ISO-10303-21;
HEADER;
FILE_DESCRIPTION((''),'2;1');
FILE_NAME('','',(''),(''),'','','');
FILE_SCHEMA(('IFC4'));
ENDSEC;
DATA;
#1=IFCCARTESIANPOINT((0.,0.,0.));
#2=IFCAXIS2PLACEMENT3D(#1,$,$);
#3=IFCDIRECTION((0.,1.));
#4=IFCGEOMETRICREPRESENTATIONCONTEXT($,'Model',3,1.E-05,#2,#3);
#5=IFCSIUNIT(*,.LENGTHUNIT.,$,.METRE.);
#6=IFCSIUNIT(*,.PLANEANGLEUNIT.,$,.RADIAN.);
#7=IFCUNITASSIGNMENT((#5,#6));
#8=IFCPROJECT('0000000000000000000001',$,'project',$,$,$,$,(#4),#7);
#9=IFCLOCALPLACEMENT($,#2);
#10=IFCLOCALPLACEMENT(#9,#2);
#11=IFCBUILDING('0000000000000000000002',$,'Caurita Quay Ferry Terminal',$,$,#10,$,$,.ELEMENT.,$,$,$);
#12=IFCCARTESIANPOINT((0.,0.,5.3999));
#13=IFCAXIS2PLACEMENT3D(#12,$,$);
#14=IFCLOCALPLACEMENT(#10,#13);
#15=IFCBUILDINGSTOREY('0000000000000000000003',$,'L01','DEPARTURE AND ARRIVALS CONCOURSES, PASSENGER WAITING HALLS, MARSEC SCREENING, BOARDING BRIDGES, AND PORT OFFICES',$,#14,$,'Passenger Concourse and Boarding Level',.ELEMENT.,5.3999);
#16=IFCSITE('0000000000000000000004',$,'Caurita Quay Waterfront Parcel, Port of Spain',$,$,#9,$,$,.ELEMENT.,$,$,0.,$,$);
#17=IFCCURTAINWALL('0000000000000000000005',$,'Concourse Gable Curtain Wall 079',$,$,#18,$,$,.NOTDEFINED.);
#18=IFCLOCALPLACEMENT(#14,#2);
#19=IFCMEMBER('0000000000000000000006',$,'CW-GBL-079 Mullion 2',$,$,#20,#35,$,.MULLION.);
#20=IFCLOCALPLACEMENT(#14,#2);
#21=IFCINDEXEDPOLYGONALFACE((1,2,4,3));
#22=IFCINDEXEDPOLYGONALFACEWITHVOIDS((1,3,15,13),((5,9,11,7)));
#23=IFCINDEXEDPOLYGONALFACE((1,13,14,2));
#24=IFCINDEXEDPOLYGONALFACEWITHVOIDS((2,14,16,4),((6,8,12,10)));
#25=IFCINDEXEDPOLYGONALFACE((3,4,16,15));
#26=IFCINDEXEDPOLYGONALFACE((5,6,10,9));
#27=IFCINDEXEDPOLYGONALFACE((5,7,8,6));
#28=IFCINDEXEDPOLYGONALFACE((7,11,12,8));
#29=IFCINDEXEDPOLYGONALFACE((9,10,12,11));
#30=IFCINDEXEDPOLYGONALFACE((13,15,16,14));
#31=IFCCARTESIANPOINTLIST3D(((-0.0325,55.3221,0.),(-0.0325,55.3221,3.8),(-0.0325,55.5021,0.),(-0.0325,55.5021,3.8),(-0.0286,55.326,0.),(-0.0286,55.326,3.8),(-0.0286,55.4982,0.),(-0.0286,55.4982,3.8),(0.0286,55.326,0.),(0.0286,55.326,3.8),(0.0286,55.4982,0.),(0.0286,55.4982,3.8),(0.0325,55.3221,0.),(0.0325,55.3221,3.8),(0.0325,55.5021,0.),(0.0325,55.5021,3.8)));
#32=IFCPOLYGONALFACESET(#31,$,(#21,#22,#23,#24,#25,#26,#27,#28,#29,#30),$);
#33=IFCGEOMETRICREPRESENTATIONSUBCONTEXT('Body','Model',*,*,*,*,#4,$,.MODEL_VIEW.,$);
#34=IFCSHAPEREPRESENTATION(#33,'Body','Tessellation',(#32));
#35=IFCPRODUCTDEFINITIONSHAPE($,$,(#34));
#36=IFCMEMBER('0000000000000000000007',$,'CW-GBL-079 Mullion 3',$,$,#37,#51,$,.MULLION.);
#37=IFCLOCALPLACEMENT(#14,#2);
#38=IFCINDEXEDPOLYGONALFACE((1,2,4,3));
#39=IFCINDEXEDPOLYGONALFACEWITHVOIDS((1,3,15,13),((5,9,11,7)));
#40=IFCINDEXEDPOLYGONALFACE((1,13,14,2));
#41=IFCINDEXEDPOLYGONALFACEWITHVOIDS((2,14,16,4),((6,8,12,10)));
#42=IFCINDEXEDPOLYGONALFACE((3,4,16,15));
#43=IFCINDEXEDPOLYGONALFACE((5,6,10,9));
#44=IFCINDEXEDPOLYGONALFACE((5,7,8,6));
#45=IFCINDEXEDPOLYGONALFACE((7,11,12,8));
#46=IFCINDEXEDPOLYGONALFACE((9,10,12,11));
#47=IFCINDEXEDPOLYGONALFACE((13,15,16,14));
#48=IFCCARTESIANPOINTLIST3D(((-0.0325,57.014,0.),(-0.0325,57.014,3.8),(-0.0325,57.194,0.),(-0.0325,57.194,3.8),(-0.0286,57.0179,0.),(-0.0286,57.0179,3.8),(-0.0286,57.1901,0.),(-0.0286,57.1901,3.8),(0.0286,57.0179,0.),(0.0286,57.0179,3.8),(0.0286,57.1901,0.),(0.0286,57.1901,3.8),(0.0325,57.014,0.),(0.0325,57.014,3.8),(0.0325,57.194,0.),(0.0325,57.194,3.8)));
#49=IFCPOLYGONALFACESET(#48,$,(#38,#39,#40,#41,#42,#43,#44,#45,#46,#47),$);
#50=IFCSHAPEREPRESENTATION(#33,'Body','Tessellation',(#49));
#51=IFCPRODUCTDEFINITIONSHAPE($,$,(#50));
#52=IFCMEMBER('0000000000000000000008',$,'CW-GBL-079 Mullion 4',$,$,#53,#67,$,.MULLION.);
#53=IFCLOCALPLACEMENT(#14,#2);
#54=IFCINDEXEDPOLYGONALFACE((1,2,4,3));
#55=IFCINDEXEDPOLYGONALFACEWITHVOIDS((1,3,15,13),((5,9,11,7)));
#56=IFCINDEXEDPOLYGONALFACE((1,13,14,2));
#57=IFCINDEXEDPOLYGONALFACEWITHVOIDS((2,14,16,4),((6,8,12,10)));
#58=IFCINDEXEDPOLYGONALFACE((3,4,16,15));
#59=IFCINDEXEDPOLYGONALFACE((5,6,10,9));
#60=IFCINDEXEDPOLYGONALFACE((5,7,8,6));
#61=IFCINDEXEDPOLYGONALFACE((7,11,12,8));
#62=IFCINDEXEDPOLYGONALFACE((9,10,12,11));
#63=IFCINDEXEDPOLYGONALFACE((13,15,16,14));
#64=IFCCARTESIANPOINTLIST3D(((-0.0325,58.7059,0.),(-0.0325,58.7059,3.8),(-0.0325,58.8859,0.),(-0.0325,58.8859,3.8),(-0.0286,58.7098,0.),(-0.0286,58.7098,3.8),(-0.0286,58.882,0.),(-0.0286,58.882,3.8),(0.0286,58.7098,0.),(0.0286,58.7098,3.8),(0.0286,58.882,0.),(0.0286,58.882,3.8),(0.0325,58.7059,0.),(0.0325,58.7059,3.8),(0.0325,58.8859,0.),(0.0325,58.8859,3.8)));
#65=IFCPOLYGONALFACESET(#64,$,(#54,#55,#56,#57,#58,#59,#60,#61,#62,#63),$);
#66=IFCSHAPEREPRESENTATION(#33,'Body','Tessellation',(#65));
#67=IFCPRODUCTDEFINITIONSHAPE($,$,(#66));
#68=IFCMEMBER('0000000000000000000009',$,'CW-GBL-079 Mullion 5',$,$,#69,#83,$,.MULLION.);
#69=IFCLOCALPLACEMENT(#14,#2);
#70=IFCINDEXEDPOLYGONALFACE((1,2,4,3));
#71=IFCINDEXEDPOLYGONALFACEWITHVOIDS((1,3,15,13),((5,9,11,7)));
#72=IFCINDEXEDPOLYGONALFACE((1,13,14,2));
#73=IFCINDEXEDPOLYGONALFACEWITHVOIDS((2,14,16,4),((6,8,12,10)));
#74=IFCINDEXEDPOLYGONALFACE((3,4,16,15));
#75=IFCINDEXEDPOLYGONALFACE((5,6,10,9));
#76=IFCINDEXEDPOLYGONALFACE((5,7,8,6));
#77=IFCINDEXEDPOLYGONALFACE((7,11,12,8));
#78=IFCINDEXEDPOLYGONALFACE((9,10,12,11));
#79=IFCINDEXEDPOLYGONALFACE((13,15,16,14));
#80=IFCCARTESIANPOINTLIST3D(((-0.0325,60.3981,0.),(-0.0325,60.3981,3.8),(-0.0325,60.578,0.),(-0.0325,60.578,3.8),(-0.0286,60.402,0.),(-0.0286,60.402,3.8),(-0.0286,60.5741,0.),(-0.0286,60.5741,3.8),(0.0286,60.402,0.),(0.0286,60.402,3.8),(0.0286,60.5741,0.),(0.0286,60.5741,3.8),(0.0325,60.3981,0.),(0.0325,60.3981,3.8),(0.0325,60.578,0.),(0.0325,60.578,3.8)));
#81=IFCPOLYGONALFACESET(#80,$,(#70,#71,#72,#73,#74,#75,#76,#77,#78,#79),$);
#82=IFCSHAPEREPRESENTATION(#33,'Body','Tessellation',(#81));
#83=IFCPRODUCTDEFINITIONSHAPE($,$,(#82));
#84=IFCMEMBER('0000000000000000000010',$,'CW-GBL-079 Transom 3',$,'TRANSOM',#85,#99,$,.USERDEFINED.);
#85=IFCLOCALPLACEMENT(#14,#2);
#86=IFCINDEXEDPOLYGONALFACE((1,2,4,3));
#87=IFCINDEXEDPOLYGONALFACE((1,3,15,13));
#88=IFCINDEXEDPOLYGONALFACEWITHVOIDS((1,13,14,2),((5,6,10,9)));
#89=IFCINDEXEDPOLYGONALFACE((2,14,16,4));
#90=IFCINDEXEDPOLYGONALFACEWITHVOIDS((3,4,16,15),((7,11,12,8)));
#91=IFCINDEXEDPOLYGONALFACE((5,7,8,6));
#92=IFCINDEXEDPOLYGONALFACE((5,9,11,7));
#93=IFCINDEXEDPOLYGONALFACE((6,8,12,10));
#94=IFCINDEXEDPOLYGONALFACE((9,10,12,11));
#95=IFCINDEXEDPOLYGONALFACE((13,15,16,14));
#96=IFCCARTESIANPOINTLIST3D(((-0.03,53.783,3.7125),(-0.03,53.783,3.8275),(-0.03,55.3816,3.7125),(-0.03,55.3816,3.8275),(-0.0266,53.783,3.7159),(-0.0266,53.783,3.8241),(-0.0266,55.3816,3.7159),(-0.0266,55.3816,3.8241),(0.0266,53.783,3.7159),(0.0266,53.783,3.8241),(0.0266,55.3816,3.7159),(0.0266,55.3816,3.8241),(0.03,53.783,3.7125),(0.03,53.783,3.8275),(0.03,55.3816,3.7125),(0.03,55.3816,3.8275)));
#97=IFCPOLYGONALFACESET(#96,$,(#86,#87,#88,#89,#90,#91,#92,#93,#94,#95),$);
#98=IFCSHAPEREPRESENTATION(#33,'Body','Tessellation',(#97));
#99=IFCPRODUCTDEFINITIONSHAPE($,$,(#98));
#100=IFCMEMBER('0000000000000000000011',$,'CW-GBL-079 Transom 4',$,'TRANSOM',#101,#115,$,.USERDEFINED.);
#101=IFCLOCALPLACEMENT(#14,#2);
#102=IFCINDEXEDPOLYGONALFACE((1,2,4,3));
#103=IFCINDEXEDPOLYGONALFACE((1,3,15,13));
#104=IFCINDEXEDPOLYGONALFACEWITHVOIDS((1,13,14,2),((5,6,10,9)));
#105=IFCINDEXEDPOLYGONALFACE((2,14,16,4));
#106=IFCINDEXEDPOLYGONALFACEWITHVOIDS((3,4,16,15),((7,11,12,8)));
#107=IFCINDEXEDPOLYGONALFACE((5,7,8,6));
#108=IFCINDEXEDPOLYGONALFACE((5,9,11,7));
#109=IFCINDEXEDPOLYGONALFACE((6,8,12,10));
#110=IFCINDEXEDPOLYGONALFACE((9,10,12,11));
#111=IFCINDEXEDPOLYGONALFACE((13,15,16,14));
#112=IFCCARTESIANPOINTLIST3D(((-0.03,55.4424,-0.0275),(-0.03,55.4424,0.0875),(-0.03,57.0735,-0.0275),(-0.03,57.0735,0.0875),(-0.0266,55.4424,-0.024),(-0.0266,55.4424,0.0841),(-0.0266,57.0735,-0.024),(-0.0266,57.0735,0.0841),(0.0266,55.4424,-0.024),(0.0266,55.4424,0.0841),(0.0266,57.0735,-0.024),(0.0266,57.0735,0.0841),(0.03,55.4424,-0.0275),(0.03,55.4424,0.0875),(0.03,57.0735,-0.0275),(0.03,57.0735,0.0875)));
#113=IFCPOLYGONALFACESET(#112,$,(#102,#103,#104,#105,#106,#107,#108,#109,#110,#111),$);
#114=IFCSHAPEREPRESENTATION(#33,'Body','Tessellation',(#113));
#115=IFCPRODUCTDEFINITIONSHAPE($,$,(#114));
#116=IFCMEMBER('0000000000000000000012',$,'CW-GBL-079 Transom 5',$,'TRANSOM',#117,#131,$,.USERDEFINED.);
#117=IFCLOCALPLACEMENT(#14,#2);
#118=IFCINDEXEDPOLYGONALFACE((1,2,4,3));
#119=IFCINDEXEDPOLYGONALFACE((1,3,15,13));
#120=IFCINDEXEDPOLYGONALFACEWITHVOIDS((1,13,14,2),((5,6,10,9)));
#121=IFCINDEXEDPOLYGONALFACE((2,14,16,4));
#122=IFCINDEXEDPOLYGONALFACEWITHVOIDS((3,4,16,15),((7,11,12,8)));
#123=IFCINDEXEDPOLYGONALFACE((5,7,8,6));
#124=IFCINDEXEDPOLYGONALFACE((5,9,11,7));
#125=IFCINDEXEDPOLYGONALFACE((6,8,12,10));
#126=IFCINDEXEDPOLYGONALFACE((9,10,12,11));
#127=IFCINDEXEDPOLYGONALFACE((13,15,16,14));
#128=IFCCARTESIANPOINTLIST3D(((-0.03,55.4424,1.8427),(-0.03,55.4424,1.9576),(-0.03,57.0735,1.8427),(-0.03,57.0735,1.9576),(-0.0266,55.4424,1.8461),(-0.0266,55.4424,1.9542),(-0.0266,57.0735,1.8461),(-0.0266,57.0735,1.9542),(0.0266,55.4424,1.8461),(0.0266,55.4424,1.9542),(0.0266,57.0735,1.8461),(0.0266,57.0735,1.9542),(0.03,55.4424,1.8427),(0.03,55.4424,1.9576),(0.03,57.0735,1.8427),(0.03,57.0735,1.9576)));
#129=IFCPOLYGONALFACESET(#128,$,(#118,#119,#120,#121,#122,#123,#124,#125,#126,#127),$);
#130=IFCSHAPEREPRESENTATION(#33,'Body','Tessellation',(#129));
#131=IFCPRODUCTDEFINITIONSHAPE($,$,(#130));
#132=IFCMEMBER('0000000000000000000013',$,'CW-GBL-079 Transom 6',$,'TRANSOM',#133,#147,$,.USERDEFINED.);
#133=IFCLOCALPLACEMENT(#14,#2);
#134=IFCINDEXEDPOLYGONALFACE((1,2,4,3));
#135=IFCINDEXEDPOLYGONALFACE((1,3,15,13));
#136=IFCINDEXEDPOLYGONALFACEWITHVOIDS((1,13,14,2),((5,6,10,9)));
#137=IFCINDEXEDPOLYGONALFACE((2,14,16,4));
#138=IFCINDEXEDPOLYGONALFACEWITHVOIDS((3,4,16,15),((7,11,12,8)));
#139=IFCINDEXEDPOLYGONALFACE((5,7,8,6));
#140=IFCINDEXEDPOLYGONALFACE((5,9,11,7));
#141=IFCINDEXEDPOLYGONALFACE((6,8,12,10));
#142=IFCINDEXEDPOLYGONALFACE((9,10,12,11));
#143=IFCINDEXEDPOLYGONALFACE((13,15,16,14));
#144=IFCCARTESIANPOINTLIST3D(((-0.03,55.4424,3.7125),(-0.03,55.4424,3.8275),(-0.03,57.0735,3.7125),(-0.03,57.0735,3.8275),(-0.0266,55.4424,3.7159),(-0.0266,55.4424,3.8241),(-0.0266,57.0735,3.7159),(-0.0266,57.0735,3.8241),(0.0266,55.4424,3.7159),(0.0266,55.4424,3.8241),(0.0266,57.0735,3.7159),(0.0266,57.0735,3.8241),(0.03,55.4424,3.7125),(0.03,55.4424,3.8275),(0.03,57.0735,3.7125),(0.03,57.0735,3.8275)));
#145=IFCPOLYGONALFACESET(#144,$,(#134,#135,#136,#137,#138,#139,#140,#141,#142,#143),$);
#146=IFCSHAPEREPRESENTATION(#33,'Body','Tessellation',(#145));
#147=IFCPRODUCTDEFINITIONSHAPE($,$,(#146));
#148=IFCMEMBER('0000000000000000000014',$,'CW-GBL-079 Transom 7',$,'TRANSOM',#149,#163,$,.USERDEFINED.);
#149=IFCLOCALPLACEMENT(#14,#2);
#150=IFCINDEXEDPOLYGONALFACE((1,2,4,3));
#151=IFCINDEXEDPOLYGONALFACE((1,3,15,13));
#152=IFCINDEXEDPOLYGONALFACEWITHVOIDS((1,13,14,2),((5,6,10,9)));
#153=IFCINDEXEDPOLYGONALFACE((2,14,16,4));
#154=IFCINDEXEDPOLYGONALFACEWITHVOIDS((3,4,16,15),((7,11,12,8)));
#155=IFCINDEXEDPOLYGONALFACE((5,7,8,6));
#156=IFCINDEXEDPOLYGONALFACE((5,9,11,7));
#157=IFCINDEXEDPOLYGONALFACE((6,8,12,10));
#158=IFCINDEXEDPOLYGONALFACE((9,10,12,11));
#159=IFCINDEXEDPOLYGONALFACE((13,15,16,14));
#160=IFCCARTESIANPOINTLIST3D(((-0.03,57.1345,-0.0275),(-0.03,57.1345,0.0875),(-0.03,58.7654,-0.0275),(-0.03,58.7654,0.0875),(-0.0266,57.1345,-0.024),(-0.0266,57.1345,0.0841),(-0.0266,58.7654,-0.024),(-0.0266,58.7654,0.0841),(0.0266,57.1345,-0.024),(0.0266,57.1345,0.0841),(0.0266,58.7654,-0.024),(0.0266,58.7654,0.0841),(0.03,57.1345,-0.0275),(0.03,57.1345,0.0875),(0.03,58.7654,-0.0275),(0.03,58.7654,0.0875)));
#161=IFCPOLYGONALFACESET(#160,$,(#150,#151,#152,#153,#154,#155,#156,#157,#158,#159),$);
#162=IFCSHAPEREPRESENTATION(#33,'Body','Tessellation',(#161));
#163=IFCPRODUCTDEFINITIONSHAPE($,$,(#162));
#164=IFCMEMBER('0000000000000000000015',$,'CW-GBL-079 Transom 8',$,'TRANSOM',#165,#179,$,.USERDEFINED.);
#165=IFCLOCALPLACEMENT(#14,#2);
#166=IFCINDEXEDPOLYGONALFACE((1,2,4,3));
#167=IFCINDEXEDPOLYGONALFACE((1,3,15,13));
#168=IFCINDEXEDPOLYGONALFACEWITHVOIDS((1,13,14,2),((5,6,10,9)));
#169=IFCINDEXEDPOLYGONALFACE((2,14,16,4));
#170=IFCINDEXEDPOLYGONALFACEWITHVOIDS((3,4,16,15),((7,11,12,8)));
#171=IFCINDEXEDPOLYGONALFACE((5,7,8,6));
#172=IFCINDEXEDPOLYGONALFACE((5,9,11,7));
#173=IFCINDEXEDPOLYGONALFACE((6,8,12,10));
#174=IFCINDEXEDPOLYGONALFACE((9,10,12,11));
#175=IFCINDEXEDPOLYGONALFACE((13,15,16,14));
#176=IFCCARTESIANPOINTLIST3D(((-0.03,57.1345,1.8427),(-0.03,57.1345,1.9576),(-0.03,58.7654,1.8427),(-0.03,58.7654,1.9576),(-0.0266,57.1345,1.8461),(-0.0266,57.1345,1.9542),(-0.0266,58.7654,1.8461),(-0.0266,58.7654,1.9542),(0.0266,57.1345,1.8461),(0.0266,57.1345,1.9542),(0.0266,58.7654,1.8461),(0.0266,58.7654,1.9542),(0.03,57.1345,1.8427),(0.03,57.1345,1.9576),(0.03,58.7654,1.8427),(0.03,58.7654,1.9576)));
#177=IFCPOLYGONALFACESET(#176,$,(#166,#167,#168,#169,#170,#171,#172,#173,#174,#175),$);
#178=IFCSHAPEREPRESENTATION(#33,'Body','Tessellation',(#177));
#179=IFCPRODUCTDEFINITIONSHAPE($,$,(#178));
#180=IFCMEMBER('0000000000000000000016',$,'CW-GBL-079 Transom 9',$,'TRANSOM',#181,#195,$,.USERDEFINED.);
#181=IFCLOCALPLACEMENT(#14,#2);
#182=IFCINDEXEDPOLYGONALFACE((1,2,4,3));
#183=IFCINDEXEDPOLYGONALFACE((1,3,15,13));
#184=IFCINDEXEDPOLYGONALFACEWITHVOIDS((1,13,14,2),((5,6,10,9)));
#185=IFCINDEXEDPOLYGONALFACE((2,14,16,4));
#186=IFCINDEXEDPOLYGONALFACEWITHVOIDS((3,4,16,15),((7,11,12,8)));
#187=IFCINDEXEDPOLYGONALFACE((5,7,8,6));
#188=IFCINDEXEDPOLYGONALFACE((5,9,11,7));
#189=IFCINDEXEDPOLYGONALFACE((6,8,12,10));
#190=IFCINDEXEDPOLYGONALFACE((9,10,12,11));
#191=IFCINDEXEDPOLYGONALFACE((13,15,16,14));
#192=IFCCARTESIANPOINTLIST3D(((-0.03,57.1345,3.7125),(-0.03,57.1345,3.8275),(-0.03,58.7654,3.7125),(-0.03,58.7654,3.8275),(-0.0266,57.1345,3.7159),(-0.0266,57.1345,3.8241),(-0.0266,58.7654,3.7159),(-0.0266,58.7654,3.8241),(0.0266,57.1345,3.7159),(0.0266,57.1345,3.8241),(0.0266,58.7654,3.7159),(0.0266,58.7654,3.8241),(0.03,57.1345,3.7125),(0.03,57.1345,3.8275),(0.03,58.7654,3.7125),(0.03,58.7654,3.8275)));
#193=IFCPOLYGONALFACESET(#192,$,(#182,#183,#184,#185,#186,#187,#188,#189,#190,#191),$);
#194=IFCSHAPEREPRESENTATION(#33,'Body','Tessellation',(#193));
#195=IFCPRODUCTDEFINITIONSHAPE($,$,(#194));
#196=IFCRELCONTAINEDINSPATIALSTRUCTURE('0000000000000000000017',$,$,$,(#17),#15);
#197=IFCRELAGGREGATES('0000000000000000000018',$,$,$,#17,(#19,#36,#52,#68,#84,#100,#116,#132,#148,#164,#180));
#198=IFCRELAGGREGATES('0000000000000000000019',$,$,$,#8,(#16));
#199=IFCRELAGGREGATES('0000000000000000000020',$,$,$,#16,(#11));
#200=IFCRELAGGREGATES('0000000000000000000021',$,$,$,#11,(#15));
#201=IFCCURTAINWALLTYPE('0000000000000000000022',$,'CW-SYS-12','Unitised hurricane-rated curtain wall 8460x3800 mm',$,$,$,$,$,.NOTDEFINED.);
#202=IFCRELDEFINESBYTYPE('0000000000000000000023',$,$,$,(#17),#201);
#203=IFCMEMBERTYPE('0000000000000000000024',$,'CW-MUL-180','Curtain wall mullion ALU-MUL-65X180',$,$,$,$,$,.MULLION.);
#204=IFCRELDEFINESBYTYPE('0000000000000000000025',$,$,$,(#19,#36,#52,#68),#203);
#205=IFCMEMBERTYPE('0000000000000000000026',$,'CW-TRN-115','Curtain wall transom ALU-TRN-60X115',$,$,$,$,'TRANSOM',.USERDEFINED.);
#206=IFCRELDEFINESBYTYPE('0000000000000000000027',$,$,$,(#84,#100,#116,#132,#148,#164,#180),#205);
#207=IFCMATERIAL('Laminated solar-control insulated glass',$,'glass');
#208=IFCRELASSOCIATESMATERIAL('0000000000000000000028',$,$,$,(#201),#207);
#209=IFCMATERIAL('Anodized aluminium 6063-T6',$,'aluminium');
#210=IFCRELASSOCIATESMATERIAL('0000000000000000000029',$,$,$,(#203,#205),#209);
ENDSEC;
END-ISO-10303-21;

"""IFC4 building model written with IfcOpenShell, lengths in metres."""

from ifc_helpers import new_model, si_unit, direction, frame, origin, origin_2d, place, context, subcontext, project, spatial, hollow_rectangle, extrude, material, material_profile, profile_set, type_object, element, aggregate, save


model = new_model("IFC4")

# Units and contexts
model_context = context("Model", 3, precision=1e-05, world=origin(), true_north=direction((0.0, 1.0)))
body_context = subcontext(model_context, "Body", "Model", "MODEL_VIEW")
ifc_project = project(units=[si_unit("LENGTHUNIT", "METRE"), si_unit("PLANEANGLEUNIT", "RADIAN")], contexts=[model_context])

# Site, building, storey
site_placement = place(None, origin())
site = spatial("IfcSite", under=ifc_project, at=site_placement, Name="Caurita Quay Waterfront Parcel, Port of Spain", CompositionType="ELEMENT", RefElevation=0.0)
building_placement = place(site_placement, origin())
building = spatial("IfcBuilding", under=site, at=building_placement, Name="Caurita Quay Ferry Terminal", CompositionType="ELEMENT")
storey_placement = place(building_placement, frame((0.0, 0.0, 5.3999)))
storey = spatial("IfcBuildingStorey", under=building, at=storey_placement, Name="L01", Description="DEPARTURE AND ARRIVALS CONCOURSES, PASSENGER WAITING HALLS, MARSEC SCREENING, BOARDING BRIDGES, AND PORT OFFICES", LongName="Passenger Concourse and Boarding Level", CompositionType="ELEMENT", Elevation=5.3999)

# Curtain wall, members
ifc_material_1 = material(Name="Laminated solar-control insulated glass", Category="glass")
curtain_wall_type = type_object("IfcCurtainWallType", Name="CW-SYS-12", Description="Unitised hurricane-rated curtain wall 8460x3800 mm", PredefinedType="NOTDEFINED", material=ifc_material_1)
curtain_wall_placement = place(storey_placement, origin())
curtain_wall = element("IfcCurtainWall", 1, at=curtain_wall_placement, inside=storey, type_object=curtain_wall_type, Name="Concourse Gable Curtain Wall 079", PredefinedType="NOTDEFINED")
ifc_material_2 = material(Name="Anodized aluminium 6063-T6", Category="aluminium")
ifc_material_profile_1 = material_profile(ifc_material_2, hollow_rectangle(XDim=0.0649, YDim=0.1799, WallThickness=0.0039, at=origin_2d()), Name="ALU-MUL-65X180")
ifc_profile_set_1 = profile_set([ifc_material_profile_1], Name="Anodized aluminium 6063-T6")
member_type_1 = type_object("IfcMemberType", Name="CW-MUL-180", Description="Curtain wall mullion ALU-MUL-65X180", PredefinedType="MULLION", material=ifc_profile_set_1)
member_1_placement = place(storey_placement, frame((0.0, 55.4121, 0.0), z_axis=(0.0, 0.0, 1.0), x_axis=(-1.0, 0.0, 0.0)))
member_1 = element("IfcMember", 2, at=member_1_placement, type_object=member_type_1, Name="CW-GBL-079 Mullion 2", PredefinedType="MULLION", context=body_context, shape_type="SweptSolid", body=[
    extrude(hollow_rectangle(XDim=0.0649, YDim=0.1799, WallThickness=0.0039, at=origin_2d()), origin(), (0.0, 0.0, 1.0), 3.8),
])
member_2_placement = place(storey_placement, frame((0.0, 57.104, 0.0), z_axis=(0.0, 0.0, 1.0), x_axis=(-1.0, 0.0, 0.0)))
member_2 = element("IfcMember", 3, at=member_2_placement, type_object=member_type_1, Name="CW-GBL-079 Mullion 3", PredefinedType="MULLION", context=body_context, shape_type="SweptSolid", body=[
    extrude(hollow_rectangle(XDim=0.0649, YDim=0.1799, WallThickness=0.0039, at=origin_2d()), origin(), (0.0, 0.0, 1.0), 3.8),
])
member_3_placement = place(storey_placement, frame((0.0, 58.7959, 0.0), z_axis=(0.0, 0.0, 1.0), x_axis=(-1.0, 0.0, 0.0)))
member_3 = element("IfcMember", 4, at=member_3_placement, type_object=member_type_1, Name="CW-GBL-079 Mullion 4", PredefinedType="MULLION", context=body_context, shape_type="SweptSolid", body=[
    extrude(hollow_rectangle(XDim=0.0649, YDim=0.1799, WallThickness=0.0039, at=origin_2d()), origin(), (0.0, 0.0, 1.0), 3.8),
])
member_4_placement = place(storey_placement, frame((0.0, 60.488, 0.0), z_axis=(0.0, 0.0, 1.0), x_axis=(-1.0, 0.0, 0.0)))
member_4 = element("IfcMember", 5, at=member_4_placement, type_object=member_type_1, Name="CW-GBL-079 Mullion 5", PredefinedType="MULLION", context=body_context, shape_type="SweptSolid", body=[
    extrude(hollow_rectangle(XDim=0.0649, YDim=0.1799, WallThickness=0.0039, at=origin_2d()), origin(), (0.0, 0.0, 1.0), 3.8),
])
ifc_material_profile_2 = material_profile(ifc_material_2, hollow_rectangle(XDim=0.0601, YDim=0.115, WallThickness=0.0034, at=origin_2d()), Name="ALU-TRN-60X115")
ifc_profile_set_2 = profile_set([ifc_material_profile_2], Name="Anodized aluminium 6063-T6")
member_type_2 = type_object("IfcMemberType", Name="CW-TRN-115", Description="Curtain wall transom ALU-TRN-60X115", ElementType="TRANSOM", PredefinedType="USERDEFINED", material=ifc_profile_set_2)
member_5_placement = place(storey_placement, frame((0.0, 53.783, 3.77), z_axis=(0.0, 1.0, 0.0), x_axis=(-1.0, 0.0, 0.0)))
member_5 = element("IfcMember", 6, at=member_5_placement, type_object=member_type_2, Name="CW-GBL-079 Transom 3", ObjectType="TRANSOM", PredefinedType="USERDEFINED", context=body_context, shape_type="SweptSolid", body=[
    extrude(hollow_rectangle(XDim=0.0601, YDim=0.115, WallThickness=0.0034, at=origin_2d()), origin(), (0.0, 0.0, 1.0), 1.5986),
])
member_6_placement = place(storey_placement, frame((0.0, 55.4424, 0.03), z_axis=(0.0, 1.0, 0.0), x_axis=(-1.0, 0.0, 0.0)))
member_6 = element("IfcMember", 7, at=member_6_placement, type_object=member_type_2, Name="CW-GBL-079 Transom 4", ObjectType="TRANSOM", PredefinedType="USERDEFINED", context=body_context, shape_type="SweptSolid", body=[
    extrude(hollow_rectangle(XDim=0.0601, YDim=0.115, WallThickness=0.0034, at=origin_2d()), origin(), (0.0, 0.0, 1.0), 1.6311),
])
member_7_placement = place(storey_placement, frame((0.0, 55.4424, 1.9001), z_axis=(0.0, 1.0, 0.0), x_axis=(-1.0, 0.0, 0.0)))
member_7 = element("IfcMember", 8, at=member_7_placement, type_object=member_type_2, Name="CW-GBL-079 Transom 5", ObjectType="TRANSOM", PredefinedType="USERDEFINED", context=body_context, shape_type="SweptSolid", body=[
    extrude(hollow_rectangle(XDim=0.0601, YDim=0.115, WallThickness=0.0034, at=origin_2d()), origin(), (0.0, 0.0, 1.0), 1.6311),
])
member_8_placement = place(storey_placement, frame((0.0, 55.4424, 3.77), z_axis=(0.0, 1.0, 0.0), x_axis=(-1.0, 0.0, 0.0)))
member_8 = element("IfcMember", 9, at=member_8_placement, type_object=member_type_2, Name="CW-GBL-079 Transom 6", ObjectType="TRANSOM", PredefinedType="USERDEFINED", context=body_context, shape_type="SweptSolid", body=[
    extrude(hollow_rectangle(XDim=0.0601, YDim=0.115, WallThickness=0.0034, at=origin_2d()), origin(), (0.0, 0.0, 1.0), 1.6311),
])
member_9_placement = place(storey_placement, frame((0.0, 57.1345, 0.03), z_axis=(0.0, 1.0, 0.0), x_axis=(-1.0, 0.0, 0.0)))
member_9 = element("IfcMember", 10, at=member_9_placement, type_object=member_type_2, Name="CW-GBL-079 Transom 7", ObjectType="TRANSOM", PredefinedType="USERDEFINED", context=body_context, shape_type="SweptSolid", body=[
    extrude(hollow_rectangle(XDim=0.0601, YDim=0.115, WallThickness=0.0034, at=origin_2d()), origin(), (0.0, 0.0, 1.0), 1.6309),
])
member_10_placement = place(storey_placement, frame((0.0, 57.1345, 1.9001), z_axis=(0.0, 1.0, 0.0), x_axis=(-1.0, 0.0, 0.0)))
member_10 = element("IfcMember", 11, at=member_10_placement, type_object=member_type_2, Name="CW-GBL-079 Transom 8", ObjectType="TRANSOM", PredefinedType="USERDEFINED", context=body_context, shape_type="SweptSolid", body=[
    extrude(hollow_rectangle(XDim=0.0601, YDim=0.115, WallThickness=0.0034, at=origin_2d()), origin(), (0.0, 0.0, 1.0), 1.6309),
])
member_11_placement = place(storey_placement, frame((0.0, 57.1345, 3.77), z_axis=(0.0, 1.0, 0.0), x_axis=(-1.0, 0.0, 0.0)))
member_11 = element("IfcMember", 12, at=member_11_placement, type_object=member_type_2, Name="CW-GBL-079 Transom 9", ObjectType="TRANSOM", PredefinedType="USERDEFINED", context=body_context, shape_type="SweptSolid", body=[
    extrude(hollow_rectangle(XDim=0.0601, YDim=0.115, WallThickness=0.0034, at=origin_2d()), origin(), (0.0, 0.0, 1.0), 1.6309),
])
aggregate(curtain_wall, [member_1, member_2, member_3, member_4, member_5, member_6, member_7, member_8, member_9, member_10, member_11])

save(model, "model.ifc")
